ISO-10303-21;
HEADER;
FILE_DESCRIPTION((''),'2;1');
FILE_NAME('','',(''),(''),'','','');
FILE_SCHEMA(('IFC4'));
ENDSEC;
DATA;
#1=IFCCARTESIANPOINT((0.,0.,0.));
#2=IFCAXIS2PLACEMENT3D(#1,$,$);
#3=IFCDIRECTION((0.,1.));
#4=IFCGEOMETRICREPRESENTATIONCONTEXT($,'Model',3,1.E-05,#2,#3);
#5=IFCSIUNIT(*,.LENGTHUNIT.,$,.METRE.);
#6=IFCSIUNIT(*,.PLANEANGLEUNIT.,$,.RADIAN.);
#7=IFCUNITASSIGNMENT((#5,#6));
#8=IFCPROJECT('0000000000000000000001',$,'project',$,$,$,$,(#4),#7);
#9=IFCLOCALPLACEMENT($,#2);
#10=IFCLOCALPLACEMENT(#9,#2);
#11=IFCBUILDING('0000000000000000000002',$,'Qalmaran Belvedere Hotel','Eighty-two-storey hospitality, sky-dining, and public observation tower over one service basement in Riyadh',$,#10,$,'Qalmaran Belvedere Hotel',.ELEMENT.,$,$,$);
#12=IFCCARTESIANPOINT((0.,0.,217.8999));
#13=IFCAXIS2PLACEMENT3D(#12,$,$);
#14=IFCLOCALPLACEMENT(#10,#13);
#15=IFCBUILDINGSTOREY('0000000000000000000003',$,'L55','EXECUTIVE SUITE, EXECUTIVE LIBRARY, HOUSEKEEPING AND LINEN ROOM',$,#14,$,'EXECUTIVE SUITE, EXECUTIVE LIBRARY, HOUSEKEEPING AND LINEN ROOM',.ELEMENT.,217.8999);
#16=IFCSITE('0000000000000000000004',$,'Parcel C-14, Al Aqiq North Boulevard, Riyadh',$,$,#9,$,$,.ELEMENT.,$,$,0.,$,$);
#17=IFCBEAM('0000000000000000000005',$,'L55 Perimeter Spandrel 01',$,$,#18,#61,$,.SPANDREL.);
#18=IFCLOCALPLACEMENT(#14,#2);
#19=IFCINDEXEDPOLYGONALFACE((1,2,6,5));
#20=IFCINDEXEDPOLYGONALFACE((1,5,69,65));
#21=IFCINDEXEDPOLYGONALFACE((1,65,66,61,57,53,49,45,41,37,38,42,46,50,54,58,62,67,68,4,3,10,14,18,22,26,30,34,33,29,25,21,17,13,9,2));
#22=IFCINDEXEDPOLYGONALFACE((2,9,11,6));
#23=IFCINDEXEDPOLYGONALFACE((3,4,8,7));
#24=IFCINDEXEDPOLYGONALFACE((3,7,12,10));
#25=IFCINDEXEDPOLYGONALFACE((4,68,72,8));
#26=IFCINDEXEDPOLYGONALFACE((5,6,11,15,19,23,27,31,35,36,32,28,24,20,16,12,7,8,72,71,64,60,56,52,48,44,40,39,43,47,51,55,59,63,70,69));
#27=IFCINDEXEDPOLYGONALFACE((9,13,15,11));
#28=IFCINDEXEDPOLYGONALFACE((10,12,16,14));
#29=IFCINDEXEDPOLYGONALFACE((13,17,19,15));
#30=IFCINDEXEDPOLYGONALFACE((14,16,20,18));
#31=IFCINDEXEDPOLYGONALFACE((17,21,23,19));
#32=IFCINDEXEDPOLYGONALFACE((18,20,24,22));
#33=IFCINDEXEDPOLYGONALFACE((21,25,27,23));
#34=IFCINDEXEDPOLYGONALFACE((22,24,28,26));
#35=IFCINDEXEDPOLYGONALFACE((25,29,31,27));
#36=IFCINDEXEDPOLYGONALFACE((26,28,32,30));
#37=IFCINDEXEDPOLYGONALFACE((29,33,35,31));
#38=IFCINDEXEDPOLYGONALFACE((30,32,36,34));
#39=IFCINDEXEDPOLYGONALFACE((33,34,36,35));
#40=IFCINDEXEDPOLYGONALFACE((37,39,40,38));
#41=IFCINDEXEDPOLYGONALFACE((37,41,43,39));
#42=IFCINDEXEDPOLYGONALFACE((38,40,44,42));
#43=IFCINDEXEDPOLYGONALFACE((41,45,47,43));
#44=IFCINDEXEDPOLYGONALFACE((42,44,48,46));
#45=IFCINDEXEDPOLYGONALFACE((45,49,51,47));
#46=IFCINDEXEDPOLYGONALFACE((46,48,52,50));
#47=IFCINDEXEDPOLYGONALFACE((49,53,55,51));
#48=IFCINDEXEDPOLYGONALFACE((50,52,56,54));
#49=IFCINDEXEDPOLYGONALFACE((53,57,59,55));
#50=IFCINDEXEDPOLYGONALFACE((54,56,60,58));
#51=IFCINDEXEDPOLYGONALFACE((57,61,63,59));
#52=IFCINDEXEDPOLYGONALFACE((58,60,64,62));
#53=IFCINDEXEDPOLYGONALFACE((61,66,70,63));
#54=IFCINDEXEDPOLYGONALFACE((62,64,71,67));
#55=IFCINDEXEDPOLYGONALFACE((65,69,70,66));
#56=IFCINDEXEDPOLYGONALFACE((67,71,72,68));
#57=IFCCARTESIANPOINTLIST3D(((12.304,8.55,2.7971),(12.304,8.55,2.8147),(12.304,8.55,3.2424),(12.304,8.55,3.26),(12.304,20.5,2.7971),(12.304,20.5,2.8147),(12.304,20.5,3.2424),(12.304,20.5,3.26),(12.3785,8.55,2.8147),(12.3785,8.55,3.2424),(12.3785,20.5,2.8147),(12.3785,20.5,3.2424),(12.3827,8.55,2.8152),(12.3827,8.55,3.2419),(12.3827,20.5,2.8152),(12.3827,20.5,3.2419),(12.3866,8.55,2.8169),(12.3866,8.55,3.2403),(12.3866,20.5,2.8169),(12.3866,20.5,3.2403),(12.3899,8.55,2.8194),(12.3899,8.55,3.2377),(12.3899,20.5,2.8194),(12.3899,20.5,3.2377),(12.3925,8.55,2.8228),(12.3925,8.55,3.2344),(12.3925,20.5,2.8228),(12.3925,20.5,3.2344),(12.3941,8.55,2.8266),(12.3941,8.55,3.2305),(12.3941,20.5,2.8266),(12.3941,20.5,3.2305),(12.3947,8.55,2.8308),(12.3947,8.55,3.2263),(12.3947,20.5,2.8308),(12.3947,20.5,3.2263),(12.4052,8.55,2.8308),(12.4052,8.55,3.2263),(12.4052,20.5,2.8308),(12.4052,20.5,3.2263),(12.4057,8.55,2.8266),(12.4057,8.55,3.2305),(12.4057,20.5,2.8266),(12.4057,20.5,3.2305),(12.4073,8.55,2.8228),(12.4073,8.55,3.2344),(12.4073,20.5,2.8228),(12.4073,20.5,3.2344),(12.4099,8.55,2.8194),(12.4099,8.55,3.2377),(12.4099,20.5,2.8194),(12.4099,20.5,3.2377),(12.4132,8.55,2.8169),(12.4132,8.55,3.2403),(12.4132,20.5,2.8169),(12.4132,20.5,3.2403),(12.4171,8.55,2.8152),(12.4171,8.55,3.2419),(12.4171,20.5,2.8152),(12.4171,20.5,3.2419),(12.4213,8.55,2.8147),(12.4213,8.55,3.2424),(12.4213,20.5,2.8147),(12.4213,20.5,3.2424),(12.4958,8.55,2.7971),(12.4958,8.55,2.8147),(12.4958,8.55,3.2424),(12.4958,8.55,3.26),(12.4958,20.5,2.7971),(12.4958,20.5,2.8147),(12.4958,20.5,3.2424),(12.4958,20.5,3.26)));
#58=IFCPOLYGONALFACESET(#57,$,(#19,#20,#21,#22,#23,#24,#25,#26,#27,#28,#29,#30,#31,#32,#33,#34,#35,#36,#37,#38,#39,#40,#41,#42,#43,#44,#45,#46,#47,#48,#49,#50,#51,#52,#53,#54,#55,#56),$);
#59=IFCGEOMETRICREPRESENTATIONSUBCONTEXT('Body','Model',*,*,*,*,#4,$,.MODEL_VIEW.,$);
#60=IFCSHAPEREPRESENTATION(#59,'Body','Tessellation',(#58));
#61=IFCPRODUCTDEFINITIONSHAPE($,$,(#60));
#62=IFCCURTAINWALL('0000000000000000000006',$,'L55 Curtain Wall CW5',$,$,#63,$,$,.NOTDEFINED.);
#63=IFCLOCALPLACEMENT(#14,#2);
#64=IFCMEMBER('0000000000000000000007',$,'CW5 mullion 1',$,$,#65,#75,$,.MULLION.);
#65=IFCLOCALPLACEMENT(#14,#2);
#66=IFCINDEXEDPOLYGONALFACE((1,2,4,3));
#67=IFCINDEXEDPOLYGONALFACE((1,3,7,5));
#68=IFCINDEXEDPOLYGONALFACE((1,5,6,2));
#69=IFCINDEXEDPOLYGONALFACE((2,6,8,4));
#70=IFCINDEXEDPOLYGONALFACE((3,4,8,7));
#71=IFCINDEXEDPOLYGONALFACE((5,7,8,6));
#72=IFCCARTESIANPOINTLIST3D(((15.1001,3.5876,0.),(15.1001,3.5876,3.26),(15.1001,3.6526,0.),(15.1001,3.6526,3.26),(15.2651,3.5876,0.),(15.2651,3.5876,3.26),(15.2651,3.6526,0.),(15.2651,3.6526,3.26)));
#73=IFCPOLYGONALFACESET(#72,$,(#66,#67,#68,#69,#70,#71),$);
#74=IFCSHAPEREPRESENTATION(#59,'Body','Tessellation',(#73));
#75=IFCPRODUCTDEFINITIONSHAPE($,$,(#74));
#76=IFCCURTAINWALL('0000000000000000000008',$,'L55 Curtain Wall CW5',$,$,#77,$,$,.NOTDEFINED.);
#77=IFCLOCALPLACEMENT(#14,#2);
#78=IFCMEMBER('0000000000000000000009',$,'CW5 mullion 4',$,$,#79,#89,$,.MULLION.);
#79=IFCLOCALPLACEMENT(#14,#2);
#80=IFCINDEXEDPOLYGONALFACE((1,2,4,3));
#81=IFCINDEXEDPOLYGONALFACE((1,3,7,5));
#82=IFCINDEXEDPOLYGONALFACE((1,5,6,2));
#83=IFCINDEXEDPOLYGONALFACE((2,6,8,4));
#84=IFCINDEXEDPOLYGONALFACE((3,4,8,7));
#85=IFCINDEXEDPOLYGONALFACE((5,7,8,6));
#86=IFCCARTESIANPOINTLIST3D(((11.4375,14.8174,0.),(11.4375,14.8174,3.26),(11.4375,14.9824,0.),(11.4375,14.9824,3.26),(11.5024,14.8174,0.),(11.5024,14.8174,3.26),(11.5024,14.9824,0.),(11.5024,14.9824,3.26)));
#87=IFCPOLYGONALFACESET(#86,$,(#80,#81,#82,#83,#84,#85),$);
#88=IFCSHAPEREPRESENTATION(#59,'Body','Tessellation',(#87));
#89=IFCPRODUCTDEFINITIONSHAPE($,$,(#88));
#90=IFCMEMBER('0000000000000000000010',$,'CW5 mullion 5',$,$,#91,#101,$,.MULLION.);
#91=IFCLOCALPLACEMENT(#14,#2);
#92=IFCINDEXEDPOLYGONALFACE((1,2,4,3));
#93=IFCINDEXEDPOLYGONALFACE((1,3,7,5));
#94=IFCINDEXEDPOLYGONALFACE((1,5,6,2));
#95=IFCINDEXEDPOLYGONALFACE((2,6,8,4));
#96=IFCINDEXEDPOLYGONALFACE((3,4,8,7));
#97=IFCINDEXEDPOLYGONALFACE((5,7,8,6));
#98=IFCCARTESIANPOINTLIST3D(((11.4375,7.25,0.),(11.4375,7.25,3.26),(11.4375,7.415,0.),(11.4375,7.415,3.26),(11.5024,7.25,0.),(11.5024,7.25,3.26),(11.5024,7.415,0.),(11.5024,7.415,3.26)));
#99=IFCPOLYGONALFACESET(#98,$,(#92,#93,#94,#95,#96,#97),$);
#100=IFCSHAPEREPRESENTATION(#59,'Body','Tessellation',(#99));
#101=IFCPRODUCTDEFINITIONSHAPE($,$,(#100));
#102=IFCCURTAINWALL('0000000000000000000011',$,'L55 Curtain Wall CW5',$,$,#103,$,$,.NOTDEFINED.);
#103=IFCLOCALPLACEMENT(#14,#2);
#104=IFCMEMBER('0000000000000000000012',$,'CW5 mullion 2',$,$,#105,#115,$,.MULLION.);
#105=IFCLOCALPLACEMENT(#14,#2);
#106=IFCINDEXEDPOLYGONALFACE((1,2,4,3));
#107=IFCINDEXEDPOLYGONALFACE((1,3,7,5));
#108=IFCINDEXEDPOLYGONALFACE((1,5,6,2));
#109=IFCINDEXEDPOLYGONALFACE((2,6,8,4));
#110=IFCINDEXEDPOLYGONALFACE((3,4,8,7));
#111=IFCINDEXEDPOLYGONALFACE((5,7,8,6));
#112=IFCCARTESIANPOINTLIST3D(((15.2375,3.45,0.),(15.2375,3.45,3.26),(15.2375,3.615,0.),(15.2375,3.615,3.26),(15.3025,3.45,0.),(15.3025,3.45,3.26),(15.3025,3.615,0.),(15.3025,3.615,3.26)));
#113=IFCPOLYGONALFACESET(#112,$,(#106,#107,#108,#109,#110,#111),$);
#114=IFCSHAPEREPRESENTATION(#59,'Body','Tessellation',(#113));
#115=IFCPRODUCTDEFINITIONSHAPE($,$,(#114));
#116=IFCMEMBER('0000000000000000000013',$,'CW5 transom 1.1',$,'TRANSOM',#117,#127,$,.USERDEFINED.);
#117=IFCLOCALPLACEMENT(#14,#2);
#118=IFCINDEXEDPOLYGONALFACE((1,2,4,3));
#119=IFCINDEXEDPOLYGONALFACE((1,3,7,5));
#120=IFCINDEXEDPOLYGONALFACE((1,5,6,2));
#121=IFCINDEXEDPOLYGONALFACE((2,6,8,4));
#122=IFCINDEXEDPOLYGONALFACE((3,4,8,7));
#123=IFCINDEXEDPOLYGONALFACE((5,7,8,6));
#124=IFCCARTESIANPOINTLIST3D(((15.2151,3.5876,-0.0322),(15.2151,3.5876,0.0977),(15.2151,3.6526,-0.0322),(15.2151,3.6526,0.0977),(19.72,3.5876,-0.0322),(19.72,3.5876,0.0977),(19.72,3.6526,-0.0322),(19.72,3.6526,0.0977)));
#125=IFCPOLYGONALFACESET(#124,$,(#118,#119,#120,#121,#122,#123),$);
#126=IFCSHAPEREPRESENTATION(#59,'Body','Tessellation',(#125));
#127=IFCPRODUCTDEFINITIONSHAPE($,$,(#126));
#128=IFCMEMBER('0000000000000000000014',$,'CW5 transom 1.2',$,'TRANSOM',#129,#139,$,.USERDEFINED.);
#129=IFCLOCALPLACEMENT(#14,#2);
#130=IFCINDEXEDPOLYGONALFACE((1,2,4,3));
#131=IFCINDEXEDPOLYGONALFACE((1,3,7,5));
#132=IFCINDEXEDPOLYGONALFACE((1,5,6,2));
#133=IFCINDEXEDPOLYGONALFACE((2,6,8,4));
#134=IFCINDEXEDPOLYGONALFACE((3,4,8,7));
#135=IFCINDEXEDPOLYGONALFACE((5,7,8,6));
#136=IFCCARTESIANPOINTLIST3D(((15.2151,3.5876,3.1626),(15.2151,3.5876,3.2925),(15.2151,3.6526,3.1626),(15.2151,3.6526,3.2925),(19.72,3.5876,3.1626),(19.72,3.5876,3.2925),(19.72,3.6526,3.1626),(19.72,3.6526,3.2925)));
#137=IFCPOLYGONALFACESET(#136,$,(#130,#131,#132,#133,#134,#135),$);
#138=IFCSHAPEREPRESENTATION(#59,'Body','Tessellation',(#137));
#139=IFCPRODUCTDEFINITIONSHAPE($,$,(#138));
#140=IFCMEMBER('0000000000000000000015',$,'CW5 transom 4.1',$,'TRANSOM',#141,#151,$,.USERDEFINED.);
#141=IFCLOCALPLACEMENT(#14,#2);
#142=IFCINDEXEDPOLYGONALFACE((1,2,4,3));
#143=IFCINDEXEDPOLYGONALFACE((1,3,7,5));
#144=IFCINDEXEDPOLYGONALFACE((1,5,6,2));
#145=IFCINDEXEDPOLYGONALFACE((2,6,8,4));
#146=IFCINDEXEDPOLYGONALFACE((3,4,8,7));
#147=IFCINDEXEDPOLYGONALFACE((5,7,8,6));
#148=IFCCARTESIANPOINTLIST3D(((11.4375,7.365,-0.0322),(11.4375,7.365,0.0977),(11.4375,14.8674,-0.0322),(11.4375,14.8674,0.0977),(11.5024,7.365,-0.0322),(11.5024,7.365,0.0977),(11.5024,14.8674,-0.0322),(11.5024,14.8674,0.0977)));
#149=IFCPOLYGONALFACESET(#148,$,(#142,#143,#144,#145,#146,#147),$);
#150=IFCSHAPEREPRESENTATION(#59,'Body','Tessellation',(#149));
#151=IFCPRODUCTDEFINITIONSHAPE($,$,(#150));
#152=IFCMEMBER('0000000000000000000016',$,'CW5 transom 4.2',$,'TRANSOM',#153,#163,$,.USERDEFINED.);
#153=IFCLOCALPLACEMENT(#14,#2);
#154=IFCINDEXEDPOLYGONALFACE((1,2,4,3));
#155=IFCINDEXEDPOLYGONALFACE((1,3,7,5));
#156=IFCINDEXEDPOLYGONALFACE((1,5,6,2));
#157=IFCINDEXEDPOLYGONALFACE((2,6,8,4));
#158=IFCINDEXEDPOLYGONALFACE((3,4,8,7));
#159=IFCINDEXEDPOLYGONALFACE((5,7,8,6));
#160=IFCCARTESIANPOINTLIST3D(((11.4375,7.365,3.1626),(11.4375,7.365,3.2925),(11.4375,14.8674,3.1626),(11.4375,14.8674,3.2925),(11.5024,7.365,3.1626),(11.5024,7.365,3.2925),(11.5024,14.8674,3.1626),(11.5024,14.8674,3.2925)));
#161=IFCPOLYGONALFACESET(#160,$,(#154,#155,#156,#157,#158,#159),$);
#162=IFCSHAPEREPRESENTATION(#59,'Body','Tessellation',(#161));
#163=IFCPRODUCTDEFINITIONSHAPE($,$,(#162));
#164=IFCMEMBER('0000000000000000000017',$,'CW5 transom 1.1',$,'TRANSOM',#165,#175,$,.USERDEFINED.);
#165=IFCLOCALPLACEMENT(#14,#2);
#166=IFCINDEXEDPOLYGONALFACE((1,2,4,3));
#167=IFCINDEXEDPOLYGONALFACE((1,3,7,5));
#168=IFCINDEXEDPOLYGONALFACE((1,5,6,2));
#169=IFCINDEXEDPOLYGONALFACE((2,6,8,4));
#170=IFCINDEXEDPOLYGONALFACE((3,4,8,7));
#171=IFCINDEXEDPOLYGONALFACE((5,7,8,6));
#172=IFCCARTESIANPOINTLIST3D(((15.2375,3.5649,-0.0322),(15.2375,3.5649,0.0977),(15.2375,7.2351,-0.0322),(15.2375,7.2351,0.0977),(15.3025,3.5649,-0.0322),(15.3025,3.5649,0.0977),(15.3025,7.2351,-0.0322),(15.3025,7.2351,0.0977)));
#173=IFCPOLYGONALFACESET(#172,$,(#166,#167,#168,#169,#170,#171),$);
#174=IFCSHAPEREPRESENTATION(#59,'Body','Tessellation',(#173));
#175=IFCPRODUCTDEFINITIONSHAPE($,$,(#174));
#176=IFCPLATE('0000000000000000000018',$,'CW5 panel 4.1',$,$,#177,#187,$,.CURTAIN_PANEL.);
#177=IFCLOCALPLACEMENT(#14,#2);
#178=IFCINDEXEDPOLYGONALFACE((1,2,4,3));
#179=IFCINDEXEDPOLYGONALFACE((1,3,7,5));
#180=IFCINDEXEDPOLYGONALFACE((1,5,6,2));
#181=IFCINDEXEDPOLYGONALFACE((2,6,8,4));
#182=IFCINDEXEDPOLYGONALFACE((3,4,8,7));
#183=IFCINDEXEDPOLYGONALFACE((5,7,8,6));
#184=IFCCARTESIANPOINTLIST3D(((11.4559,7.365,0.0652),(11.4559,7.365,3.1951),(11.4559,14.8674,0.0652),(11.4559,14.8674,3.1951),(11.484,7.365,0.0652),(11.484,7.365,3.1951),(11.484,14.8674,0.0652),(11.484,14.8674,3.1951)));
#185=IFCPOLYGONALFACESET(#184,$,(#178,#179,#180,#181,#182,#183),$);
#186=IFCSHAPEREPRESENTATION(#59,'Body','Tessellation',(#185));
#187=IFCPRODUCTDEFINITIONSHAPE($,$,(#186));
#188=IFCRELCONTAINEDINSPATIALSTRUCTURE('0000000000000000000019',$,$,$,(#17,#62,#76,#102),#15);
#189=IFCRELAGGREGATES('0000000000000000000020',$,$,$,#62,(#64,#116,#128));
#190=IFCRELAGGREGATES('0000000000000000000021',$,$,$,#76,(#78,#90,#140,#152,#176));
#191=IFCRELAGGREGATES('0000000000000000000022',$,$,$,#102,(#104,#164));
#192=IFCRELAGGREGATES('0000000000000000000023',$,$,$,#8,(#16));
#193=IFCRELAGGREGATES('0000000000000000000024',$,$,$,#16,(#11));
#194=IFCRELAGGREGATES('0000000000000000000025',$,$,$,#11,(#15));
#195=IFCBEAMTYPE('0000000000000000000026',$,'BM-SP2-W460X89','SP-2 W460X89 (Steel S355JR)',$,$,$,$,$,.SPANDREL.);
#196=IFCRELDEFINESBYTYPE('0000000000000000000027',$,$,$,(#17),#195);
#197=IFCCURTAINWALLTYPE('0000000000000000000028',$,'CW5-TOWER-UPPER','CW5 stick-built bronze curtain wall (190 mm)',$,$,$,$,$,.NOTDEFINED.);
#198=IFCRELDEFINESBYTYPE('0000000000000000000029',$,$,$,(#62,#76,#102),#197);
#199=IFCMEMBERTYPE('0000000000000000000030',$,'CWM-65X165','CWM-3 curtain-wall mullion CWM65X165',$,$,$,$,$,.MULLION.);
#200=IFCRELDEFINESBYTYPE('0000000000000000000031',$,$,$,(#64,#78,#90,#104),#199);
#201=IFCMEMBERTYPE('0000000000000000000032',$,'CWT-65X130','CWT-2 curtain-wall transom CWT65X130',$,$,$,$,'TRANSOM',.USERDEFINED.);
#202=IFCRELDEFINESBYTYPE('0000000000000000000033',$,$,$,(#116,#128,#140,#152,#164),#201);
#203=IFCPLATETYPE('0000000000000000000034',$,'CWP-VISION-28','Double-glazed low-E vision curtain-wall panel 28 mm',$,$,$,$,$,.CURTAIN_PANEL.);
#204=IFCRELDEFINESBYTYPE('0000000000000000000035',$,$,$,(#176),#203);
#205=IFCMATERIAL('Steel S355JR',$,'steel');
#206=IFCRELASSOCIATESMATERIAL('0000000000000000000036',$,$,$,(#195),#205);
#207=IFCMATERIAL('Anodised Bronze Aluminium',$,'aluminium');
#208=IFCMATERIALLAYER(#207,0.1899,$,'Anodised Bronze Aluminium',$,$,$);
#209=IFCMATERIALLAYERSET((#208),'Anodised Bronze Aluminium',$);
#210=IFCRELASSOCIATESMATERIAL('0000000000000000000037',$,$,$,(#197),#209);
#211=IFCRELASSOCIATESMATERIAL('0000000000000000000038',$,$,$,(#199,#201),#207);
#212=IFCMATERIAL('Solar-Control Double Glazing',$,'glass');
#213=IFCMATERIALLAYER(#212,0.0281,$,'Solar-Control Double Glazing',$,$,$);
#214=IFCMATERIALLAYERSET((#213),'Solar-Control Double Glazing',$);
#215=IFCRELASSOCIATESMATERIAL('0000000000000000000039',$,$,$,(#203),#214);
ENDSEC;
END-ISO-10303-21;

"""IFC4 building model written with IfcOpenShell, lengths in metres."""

from ifc_helpers import new_model, si_unit, direction, frame, origin, origin_2d, place, context, subcontext, project, spatial, rectangle, i_section, extrude, material, layer, layer_set, material_profile, profile_set, type_object, element, aggregate, save


model = new_model("IFC4")

# Units and contexts
model_context = context("Model", 3, precision=1e-05, world=origin(), true_north=direction((0.0, 1.0)))
body_context = subcontext(model_context, "Body", "Model", "MODEL_VIEW")
ifc_project = project(units=[si_unit("LENGTHUNIT", "METRE"), si_unit("PLANEANGLEUNIT", "RADIAN")], contexts=[model_context])

# Site, building, storey
site_placement = place(None, origin())
site = spatial("IfcSite", under=ifc_project, at=site_placement, Name="Parcel C-14, Al Aqiq North Boulevard, Riyadh", CompositionType="ELEMENT", RefElevation=0.0)
building_placement = place(site_placement, origin())
building = spatial("IfcBuilding", under=site, at=building_placement, Name="Qalmaran Belvedere Hotel", Description="Eighty-two-storey hospitality, sky-dining, and public observation tower over one service basement in Riyadh", LongName="Qalmaran Belvedere Hotel", CompositionType="ELEMENT")
storey_placement = place(building_placement, frame((0.0, 0.0, 217.8999)))
storey = spatial("IfcBuildingStorey", under=building, at=storey_placement, Name="L55", Description="EXECUTIVE SUITE, EXECUTIVE LIBRARY, HOUSEKEEPING AND LINEN ROOM", LongName="EXECUTIVE SUITE, EXECUTIVE LIBRARY, HOUSEKEEPING AND LINEN ROOM", CompositionType="ELEMENT", Elevation=217.8999)

# Beam
ifc_material_1 = material(Name="Steel S355JR", Category="steel")
ifc_material_profile_1 = material_profile(ifc_material_1, i_section(OverallWidth=0.1919, OverallDepth=0.4629, WebThickness=0.0105, FlangeThickness=0.0176, FilletRadius=0.0161, at=origin_2d()), Name="W460X89")
ifc_profile_set_1 = profile_set([ifc_material_profile_1], Name="Steel S355JR")
beam_type_1 = type_object("IfcBeamType", Name="BM-SP2-W460X89", Description="SP-2 W460X89 (Steel S355JR)", PredefinedType="SPANDREL", material=ifc_profile_set_1)
beam_1_placement = place(storey_placement, frame((12.3999, 8.55, 3.0286), z_axis=(0.0, 1.0, 0.0), x_axis=(-1.0, 0.0, 0.0)))
element("IfcBeam", 1, at=beam_1_placement, inside=storey, type_object=beam_type_1, Name="L55 Perimeter Spandrel 01", PredefinedType="SPANDREL", context=body_context, shape_type="SweptSolid", body=[
    extrude(i_section(OverallWidth=0.1919, OverallDepth=0.4629, WebThickness=0.0105, FlangeThickness=0.0176, FilletRadius=0.0161, at=origin_2d()), origin(), (0.0, 0.0, 1.0), 11.95),
])

# Curtain wall, member
ifc_material_2 = material(Name="Anodised Bronze Aluminium", Category="aluminium")
ifc_layer_1 = layer(ifc_material_2, 0.1899, Name="Anodised Bronze Aluminium")
ifc_layer_set_1 = layer_set([ifc_layer_1], Name="Anodised Bronze Aluminium")
curtain_wall_type = type_object("IfcCurtainWallType", Name="CW5-TOWER-UPPER", Description="CW5 stick-built bronze curtain wall (190 mm)", PredefinedType="NOTDEFINED", material=ifc_layer_set_1)
curtain_wall_1_placement = place(storey_placement, origin())
curtain_wall_1 = element("IfcCurtainWall", 2, at=curtain_wall_1_placement, inside=storey, type_object=curtain_wall_type, Name="L55 Curtain Wall CW5", PredefinedType="NOTDEFINED")
ifc_material_profile_2 = material_profile(ifc_material_2, rectangle(XDim=0.0649, YDim=0.165, at=origin_2d()), Name="CWM65X165")
ifc_profile_set_2 = profile_set([ifc_material_profile_2], Name="Anodised Bronze Aluminium")
member_type_1 = type_object("IfcMemberType", Name="CWM-65X165", Description="CWM-3 curtain-wall mullion CWM65X165", PredefinedType="MULLION", material=ifc_profile_set_2)
member_1_placement = place(storey_placement, frame((15.1826, 3.6201, 0.0), z_axis=(0.0, 0.0, 1.0), x_axis=(0.0, 1.0, 0.0)))
member_1 = element("IfcMember", 3, at=member_1_placement, type_object=member_type_1, Name="CW5 mullion 1", PredefinedType="MULLION", context=body_context, shape_type="SweptSolid", body=[
    extrude(rectangle(XDim=0.0649, YDim=0.165, at=origin_2d()), origin(), (0.0, 0.0, 1.0), 3.26),
])

# Curtain wall, members
curtain_wall_2_placement = place(storey_placement, origin())
curtain_wall_2 = element("IfcCurtainWall", 4, at=curtain_wall_2_placement, inside=storey, type_object=curtain_wall_type, Name="L55 Curtain Wall CW5", PredefinedType="NOTDEFINED")
member_2_placement = place(storey_placement, frame((11.47, 14.8999, 0.0), z_axis=(0.0, 0.0, 1.0), x_axis=(1.0, 0.0, 0.0)))
member_2 = element("IfcMember", 5, at=member_2_placement, type_object=member_type_1, Name="CW5 mullion 4", PredefinedType="MULLION", context=body_context, shape_type="SweptSolid", body=[
    extrude(rectangle(XDim=0.0649, YDim=0.165, at=origin_2d()), origin(), (0.0, 0.0, 1.0), 3.26),
])
member_3_placement = place(storey_placement, frame((11.47, 7.3325, 0.0), z_axis=(0.0, 0.0, 1.0), x_axis=(1.0, 0.0, 0.0)))
member_3 = element("IfcMember", 6, at=member_3_placement, type_object=member_type_1, Name="CW5 mullion 5", PredefinedType="MULLION", context=body_context, shape_type="SweptSolid", body=[
    extrude(rectangle(XDim=0.0649, YDim=0.165, at=origin_2d()), origin(), (0.0, 0.0, 1.0), 3.26),
])

# Curtain wall, member
curtain_wall_3_placement = place(storey_placement, origin())
curtain_wall_3 = element("IfcCurtainWall", 7, at=curtain_wall_3_placement, inside=storey, type_object=curtain_wall_type, Name="L55 Curtain Wall CW5", PredefinedType="NOTDEFINED")
member_4_placement = place(storey_placement, frame((15.27, 3.5325, 0.0), z_axis=(0.0, 0.0, 1.0), x_axis=(1.0, 0.0, 0.0)))
member_4 = element("IfcMember", 8, at=member_4_placement, type_object=member_type_1, Name="CW5 mullion 2", PredefinedType="MULLION", context=body_context, shape_type="SweptSolid", body=[
    extrude(rectangle(XDim=0.0649, YDim=0.165, at=origin_2d()), origin(), (0.0, 0.0, 1.0), 3.26),
])

# Members
ifc_material_profile_3 = material_profile(ifc_material_2, rectangle(XDim=0.0649, YDim=0.1299, at=origin_2d()), Name="CWT65X130")
ifc_profile_set_3 = profile_set([ifc_material_profile_3], Name="Anodised Bronze Aluminium")
member_type_2 = type_object("IfcMemberType", Name="CWT-65X130", Description="CWT-2 curtain-wall transom CWT65X130", ElementType="TRANSOM", PredefinedType="USERDEFINED", material=ifc_profile_set_3)
member_5_placement = place(storey_placement, frame((15.2151, 3.6201, 0.0327), z_axis=(1.0, 0.0, 0.0), x_axis=(0.0, 1.0, 0.0)))
member_5 = element("IfcMember", 9, at=member_5_placement, type_object=member_type_2, Name="CW5 transom 1.1", ObjectType="TRANSOM", PredefinedType="USERDEFINED", context=body_context, shape_type="SweptSolid", body=[
    extrude(rectangle(XDim=0.0649, YDim=0.1299, at=origin_2d()), origin(), (0.0, 0.0, 1.0), 4.5049),
])
member_6_placement = place(storey_placement, frame((15.2151, 3.6201, 3.2275), z_axis=(1.0, 0.0, 0.0), x_axis=(0.0, 1.0, 0.0)))
member_6 = element("IfcMember", 10, at=member_6_placement, type_object=member_type_2, Name="CW5 transom 1.2", ObjectType="TRANSOM", PredefinedType="USERDEFINED", context=body_context, shape_type="SweptSolid", body=[
    extrude(rectangle(XDim=0.0649, YDim=0.1299, at=origin_2d()), origin(), (0.0, 0.0, 1.0), 4.5049),
])
aggregate(curtain_wall_1, [member_1, member_5, member_6])
member_7_placement = place(storey_placement, frame((11.47, 14.8674, 0.0327), z_axis=(0.0, -1.0, 0.0), x_axis=(1.0, 0.0, 0.0)))
member_7 = element("IfcMember", 11, at=member_7_placement, type_object=member_type_2, Name="CW5 transom 4.1", ObjectType="TRANSOM", PredefinedType="USERDEFINED", context=body_context, shape_type="SweptSolid", body=[
    extrude(rectangle(XDim=0.0649, YDim=0.1299, at=origin_2d()), origin(), (0.0, 0.0, 1.0), 7.5024),
])
member_8_placement = place(storey_placement, frame((11.47, 14.8674, 3.2275), z_axis=(0.0, -1.0, 0.0), x_axis=(1.0, 0.0, 0.0)))
member_8 = element("IfcMember", 12, at=member_8_placement, type_object=member_type_2, Name="CW5 transom 4.2", ObjectType="TRANSOM", PredefinedType="USERDEFINED", context=body_context, shape_type="SweptSolid", body=[
    extrude(rectangle(XDim=0.0649, YDim=0.1299, at=origin_2d()), origin(), (0.0, 0.0, 1.0), 7.5024),
])
member_9_placement = place(storey_placement, frame((15.27, 7.2351, 0.0327), z_axis=(0.0, -1.0, 0.0), x_axis=(1.0, 0.0, 0.0)))
member_9 = element("IfcMember", 13, at=member_9_placement, type_object=member_type_2, Name="CW5 transom 1.1", ObjectType="TRANSOM", PredefinedType="USERDEFINED", context=body_context, shape_type="SweptSolid", body=[
    extrude(rectangle(XDim=0.0649, YDim=0.1299, at=origin_2d()), origin(), (0.0, 0.0, 1.0), 3.6702),
])

# Plate
ifc_material_3 = material(Name="Solar-Control Double Glazing", Category="glass")
ifc_layer_2 = layer(ifc_material_3, 0.0281, Name="Solar-Control Double Glazing")
ifc_layer_set_2 = layer_set([ifc_layer_2], Name="Solar-Control Double Glazing")
plate_type = type_object("IfcPlateType", Name="CWP-VISION-28", Description="Double-glazed low-E vision curtain-wall panel 28 mm", PredefinedType="CURTAIN_PANEL", material=ifc_layer_set_2)
plate_1_placement = place(storey_placement, frame((11.47, 11.1162, 0.0652), z_axis=(0.0, 0.0, 1.0), x_axis=(0.0, -1.0, 0.0)))
plate_1 = element("IfcPlate", 14, at=plate_1_placement, type_object=plate_type, Name="CW5 panel 4.1", PredefinedType="CURTAIN_PANEL", context=body_context, shape_type="SweptSolid", body=[
    extrude(rectangle(XDim=7.5024, YDim=0.0281, at=origin_2d()), origin(), (0.0, 0.0, 1.0), 3.1299),
])
aggregate(curtain_wall_2, [member_2, member_3, member_7, member_8, plate_1])
aggregate(curtain_wall_3, [member_4, member_9])

save(model, "model.ifc")
